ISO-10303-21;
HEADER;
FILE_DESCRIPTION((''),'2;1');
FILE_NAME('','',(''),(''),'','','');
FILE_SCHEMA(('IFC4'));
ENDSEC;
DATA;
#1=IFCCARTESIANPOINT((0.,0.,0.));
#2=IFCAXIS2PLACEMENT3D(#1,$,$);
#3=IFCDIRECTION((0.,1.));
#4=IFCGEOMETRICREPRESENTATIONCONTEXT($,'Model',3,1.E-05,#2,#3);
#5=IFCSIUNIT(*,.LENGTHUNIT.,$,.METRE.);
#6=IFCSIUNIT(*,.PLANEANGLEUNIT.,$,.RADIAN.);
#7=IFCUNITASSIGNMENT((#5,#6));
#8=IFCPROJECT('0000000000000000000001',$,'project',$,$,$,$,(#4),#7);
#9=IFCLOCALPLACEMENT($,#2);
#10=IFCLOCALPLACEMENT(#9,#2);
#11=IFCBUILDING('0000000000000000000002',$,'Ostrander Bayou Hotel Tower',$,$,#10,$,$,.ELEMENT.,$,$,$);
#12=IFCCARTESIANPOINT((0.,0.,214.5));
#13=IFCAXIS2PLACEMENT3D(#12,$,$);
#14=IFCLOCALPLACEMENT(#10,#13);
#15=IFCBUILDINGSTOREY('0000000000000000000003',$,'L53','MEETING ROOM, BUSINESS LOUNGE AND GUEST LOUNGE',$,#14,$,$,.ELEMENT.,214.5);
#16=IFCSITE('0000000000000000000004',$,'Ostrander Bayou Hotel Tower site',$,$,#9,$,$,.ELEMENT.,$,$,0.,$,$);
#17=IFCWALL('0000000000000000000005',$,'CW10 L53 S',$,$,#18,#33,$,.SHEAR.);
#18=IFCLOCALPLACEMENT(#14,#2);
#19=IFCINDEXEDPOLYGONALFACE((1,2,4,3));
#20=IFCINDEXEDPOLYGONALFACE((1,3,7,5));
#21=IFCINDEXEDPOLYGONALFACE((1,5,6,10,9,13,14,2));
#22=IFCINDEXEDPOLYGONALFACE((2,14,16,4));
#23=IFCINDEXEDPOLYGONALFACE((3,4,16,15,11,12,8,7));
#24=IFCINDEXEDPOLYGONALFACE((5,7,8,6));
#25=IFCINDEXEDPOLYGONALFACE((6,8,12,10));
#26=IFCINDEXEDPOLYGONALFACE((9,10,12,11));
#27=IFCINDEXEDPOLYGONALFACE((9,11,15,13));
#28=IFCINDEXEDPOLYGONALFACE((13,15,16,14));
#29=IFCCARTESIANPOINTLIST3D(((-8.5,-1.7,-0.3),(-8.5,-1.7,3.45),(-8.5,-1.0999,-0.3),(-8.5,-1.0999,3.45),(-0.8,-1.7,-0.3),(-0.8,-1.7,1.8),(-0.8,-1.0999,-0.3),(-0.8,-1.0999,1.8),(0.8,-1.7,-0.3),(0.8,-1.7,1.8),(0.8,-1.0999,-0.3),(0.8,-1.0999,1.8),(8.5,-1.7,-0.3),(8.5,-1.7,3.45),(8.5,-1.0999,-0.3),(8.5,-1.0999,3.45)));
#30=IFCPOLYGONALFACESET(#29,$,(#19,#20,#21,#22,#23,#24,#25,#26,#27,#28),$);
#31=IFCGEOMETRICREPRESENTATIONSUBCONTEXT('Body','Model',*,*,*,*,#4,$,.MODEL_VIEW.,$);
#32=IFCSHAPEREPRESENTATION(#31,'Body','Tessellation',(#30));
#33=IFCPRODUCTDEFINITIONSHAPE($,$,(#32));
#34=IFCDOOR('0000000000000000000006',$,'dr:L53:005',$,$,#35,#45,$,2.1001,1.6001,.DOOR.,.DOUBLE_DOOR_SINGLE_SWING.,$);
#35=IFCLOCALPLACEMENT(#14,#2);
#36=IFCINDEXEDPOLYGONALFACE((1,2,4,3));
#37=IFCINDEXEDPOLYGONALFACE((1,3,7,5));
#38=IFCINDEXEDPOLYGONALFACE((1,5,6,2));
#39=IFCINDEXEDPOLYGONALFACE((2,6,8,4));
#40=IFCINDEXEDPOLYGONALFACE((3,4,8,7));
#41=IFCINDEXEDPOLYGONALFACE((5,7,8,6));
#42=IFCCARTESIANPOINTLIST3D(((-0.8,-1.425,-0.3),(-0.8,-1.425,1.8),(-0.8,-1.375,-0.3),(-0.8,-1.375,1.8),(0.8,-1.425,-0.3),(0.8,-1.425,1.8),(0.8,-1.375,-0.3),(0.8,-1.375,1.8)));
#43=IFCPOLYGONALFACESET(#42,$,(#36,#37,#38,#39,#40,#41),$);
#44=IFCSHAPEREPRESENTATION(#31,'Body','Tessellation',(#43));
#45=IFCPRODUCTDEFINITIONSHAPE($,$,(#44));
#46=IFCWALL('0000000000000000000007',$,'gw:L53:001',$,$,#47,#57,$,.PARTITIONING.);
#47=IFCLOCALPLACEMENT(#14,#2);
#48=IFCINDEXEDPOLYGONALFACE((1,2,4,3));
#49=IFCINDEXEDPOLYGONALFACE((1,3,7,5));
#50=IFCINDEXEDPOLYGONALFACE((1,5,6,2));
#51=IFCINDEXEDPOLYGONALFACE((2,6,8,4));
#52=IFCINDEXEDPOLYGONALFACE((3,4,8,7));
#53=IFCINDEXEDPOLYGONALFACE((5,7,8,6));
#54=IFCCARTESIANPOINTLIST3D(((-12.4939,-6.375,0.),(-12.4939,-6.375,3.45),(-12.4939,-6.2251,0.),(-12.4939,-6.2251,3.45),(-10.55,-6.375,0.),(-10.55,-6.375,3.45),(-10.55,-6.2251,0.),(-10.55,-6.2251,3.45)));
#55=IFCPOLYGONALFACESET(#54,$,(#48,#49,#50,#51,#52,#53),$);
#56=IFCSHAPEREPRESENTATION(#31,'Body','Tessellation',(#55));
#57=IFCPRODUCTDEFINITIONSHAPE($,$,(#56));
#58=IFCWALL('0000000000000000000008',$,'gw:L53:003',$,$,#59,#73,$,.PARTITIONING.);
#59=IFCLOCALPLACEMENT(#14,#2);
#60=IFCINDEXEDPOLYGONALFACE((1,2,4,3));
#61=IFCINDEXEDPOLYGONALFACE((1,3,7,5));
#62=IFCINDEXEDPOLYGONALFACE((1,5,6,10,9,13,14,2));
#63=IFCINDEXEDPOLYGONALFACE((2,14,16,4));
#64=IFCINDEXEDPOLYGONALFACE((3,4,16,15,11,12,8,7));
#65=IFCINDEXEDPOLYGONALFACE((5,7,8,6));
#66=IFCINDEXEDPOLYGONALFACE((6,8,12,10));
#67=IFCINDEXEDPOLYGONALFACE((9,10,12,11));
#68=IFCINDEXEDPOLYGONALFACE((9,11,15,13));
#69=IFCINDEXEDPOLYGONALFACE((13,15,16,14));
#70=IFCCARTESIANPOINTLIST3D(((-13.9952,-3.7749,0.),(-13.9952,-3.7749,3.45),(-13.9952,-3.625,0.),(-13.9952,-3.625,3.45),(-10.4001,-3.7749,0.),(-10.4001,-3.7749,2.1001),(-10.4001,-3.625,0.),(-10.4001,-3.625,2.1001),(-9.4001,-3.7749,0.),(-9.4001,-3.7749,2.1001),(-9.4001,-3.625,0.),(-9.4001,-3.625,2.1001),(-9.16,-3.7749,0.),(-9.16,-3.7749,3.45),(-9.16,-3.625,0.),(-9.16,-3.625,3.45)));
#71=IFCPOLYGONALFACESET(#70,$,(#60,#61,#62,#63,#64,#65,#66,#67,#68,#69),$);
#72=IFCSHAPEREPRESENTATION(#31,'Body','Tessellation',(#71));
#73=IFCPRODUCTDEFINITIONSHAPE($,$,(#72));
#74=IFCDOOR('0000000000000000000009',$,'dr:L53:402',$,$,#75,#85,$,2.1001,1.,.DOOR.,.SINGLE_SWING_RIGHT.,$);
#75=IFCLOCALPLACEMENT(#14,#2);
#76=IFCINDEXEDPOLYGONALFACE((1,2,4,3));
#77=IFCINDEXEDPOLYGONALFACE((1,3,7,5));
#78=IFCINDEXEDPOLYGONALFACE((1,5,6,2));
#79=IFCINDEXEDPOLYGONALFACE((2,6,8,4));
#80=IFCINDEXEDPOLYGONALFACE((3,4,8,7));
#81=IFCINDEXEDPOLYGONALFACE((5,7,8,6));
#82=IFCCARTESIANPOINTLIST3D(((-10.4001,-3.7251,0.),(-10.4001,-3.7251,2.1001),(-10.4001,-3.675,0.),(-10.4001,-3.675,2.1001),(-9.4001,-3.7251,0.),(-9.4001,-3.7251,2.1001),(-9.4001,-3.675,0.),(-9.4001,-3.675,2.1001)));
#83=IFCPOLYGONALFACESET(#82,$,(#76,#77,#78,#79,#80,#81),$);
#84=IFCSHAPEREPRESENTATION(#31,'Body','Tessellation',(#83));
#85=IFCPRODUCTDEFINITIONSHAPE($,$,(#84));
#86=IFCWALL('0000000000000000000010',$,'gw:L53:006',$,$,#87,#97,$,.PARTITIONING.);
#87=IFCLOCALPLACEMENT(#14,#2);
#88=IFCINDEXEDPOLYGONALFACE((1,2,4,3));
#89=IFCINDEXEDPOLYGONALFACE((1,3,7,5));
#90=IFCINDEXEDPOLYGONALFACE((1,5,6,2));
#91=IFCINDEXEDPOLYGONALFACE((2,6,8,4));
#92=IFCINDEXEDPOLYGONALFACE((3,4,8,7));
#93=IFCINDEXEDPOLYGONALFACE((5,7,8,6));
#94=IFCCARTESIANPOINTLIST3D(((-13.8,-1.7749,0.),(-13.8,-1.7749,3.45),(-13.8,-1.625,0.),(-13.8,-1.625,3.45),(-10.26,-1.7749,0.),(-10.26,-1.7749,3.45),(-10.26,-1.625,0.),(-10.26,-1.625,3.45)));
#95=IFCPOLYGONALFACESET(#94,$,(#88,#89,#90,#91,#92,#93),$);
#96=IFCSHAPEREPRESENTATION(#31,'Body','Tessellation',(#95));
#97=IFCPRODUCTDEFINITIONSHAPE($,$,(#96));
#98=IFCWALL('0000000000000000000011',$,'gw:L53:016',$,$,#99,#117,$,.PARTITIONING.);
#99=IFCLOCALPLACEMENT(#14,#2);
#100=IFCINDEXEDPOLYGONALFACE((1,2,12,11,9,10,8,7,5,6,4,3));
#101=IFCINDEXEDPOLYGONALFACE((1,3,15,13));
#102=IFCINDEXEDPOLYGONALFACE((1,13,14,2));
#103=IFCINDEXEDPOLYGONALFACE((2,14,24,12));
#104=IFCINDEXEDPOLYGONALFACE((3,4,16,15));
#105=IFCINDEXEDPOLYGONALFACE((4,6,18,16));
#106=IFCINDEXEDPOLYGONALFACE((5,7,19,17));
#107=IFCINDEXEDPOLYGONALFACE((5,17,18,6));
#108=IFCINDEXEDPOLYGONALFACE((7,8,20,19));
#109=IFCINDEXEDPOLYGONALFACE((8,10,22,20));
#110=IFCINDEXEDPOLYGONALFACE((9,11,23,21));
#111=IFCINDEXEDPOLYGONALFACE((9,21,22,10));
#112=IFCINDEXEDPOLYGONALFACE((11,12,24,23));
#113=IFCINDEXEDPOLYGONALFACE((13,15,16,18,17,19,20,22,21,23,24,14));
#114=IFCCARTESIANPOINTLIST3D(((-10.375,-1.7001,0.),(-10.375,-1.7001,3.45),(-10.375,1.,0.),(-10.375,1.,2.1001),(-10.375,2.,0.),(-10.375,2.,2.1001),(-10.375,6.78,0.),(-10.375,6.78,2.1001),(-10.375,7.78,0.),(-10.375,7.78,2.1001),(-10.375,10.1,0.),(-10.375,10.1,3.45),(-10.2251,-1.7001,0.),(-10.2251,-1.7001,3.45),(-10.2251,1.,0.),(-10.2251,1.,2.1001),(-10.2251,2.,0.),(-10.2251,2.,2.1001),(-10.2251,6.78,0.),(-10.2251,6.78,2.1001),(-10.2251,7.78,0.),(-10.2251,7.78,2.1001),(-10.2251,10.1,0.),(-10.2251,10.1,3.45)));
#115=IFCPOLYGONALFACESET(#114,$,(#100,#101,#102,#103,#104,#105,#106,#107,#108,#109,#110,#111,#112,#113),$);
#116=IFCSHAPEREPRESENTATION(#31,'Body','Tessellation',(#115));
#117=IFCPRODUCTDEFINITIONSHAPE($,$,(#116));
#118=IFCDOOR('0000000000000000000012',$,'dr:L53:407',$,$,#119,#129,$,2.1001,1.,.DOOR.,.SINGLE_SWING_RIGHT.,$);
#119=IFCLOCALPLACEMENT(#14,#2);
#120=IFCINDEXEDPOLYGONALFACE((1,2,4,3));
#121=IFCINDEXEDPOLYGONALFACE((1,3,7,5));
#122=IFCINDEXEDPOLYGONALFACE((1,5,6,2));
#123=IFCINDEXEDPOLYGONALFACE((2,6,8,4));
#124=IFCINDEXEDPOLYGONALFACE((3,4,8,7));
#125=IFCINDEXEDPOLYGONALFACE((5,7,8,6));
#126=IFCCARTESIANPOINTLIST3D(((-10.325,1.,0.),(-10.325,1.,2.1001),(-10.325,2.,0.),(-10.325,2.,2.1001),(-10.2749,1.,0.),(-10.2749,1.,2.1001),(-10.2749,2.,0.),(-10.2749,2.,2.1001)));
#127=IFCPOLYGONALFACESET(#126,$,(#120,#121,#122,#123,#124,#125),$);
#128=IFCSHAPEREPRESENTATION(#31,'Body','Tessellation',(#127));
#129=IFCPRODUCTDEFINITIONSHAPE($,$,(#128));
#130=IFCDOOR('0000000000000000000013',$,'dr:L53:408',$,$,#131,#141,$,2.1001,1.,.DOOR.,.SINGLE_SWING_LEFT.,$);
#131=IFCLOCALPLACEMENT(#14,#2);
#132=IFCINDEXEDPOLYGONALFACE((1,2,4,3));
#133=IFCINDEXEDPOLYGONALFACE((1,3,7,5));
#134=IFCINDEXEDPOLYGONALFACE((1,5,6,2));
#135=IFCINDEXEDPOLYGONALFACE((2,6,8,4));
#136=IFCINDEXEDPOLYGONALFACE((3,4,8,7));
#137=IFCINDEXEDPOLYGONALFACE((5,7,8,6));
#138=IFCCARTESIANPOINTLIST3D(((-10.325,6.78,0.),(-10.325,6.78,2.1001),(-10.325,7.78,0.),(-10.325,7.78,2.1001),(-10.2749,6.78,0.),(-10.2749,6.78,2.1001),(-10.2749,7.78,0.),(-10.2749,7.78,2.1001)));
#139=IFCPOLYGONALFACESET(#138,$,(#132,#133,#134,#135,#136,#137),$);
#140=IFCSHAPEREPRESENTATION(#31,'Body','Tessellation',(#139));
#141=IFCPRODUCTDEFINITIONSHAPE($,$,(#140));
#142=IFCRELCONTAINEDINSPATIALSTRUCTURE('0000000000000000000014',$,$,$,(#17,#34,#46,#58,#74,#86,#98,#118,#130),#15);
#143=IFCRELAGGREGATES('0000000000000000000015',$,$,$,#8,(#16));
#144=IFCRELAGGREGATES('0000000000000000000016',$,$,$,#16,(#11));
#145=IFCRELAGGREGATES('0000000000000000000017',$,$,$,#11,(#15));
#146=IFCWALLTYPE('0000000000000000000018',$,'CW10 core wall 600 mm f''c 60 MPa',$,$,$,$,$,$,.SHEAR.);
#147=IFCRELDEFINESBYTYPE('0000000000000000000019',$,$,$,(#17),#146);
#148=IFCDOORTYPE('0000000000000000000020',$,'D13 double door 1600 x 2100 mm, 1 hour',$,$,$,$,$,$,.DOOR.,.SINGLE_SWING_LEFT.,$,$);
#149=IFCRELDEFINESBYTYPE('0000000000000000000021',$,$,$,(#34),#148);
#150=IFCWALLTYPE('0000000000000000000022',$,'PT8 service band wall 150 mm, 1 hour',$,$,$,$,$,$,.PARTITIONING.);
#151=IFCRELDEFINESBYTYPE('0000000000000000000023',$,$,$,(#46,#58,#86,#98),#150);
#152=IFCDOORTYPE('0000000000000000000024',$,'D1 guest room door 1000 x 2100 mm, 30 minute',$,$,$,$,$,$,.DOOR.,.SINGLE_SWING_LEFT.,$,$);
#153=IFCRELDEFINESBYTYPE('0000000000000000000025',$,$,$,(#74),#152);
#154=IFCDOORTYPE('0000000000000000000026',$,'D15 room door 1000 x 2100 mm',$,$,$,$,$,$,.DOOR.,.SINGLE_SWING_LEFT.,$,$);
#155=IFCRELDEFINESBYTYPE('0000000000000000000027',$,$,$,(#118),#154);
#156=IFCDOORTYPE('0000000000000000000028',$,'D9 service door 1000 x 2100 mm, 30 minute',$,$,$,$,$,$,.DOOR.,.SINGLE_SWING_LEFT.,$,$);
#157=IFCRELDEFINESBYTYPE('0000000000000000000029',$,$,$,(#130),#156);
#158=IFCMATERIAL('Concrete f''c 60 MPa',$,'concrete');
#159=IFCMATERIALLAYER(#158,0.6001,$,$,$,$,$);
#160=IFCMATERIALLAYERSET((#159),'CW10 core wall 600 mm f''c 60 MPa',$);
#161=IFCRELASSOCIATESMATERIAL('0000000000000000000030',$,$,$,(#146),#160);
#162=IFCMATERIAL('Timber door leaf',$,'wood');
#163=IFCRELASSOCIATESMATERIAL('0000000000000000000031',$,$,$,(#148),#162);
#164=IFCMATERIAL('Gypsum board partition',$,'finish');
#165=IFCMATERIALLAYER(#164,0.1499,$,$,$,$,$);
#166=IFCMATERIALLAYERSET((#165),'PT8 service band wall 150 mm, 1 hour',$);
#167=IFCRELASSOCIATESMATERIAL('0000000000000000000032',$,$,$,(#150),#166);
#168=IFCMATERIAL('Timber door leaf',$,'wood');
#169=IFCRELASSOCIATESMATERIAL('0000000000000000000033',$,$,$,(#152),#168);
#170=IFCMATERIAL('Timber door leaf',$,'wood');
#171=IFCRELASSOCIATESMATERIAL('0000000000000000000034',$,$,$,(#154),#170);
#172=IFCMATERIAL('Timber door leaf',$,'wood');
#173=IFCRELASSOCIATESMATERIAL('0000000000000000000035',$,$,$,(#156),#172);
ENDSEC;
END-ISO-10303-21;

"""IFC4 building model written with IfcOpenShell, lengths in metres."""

from ifc_helpers import new_model, si_unit, direction, frame, frame_2d, origin, place, context, subcontext, project, spatial, rectangle, extrude, material, layer, layer_set, type_object, element, fill, save


model = new_model("IFC4")

# Units and contexts
model_context = context("Model", 3, precision=1e-05, world=origin(), true_north=direction((0.0, 1.0)))
body_context = subcontext(model_context, "Body", "Model", "MODEL_VIEW")
ifc_project = project(units=[si_unit("LENGTHUNIT", "METRE"), si_unit("PLANEANGLEUNIT", "RADIAN")], contexts=[model_context])

# Site, building, storey
site_placement = place(None, origin())
site = spatial("IfcSite", under=ifc_project, at=site_placement, Name="Ostrander Bayou Hotel Tower site", CompositionType="ELEMENT", RefElevation=0.0)
building_placement = place(site_placement, origin())
building = spatial("IfcBuilding", under=site, at=building_placement, Name="Ostrander Bayou Hotel Tower", CompositionType="ELEMENT")
storey_placement = place(building_placement, frame((0.0, 0.0, 214.5)))
storey = spatial("IfcBuildingStorey", under=building, at=storey_placement, Name="L53", Description="MEETING ROOM, BUSINESS LOUNGE AND GUEST LOUNGE", CompositionType="ELEMENT", Elevation=214.5)

# Wall, opening, door
ifc_material_1 = material(Name="Concrete f'c 60 MPa", Category="concrete")
ifc_layer_1 = layer(ifc_material_1, 0.6001)
ifc_layer_set_1 = layer_set([ifc_layer_1], Name="CW10 core wall 600 mm f'c 60 MPa")
wall_type_1 = type_object("IfcWallType", Name="CW10 core wall 600 mm f'c 60 MPa", PredefinedType="SHEAR", material=ifc_layer_set_1)
wall_1_placement = place(storey_placement, frame((-8.5, -1.3999, -0.3), z_axis=(0.0, 0.0, 1.0), x_axis=(1.0, 0.0, 0.0)))
wall_1 = element("IfcWall", 1, at=wall_1_placement, inside=storey, type_object=wall_type_1, Name="CW10 L53 S", PredefinedType="SHEAR", context=body_context, shape_type="SweptSolid", body=[
    extrude(rectangle(XDim=17.0, YDim=0.6001, at=frame_2d((8.5, 0.0))), origin(), (0.0, 0.0, 1.0), 3.75),
])
opening_1_placement = place(wall_1_placement, frame((7.7, 0.0, 0.0)))
opening_1 = element("IfcOpeningElement", 2, at=opening_1_placement, cuts=wall_1, PredefinedType="OPENING", context=body_context, shape_type="SweptSolid", body=[
    extrude(rectangle(XDim=1.6001, YDim=2.1001, at=frame_2d((0.8, 1.05))), frame((0.0, 0.3, 0.0), z_axis=(0.0, -1.0, 0.0), x_axis=(1.0, 0.0, 0.0)), (0.0, 0.0, 1.0), 0.6001),
])
ifc_material_2 = material(Name="Timber door leaf", Category="wood")
door_type_1 = type_object("IfcDoorType", Name="D13 double door 1600 x 2100 mm, 1 hour", OperationType="SINGLE_SWING_LEFT", PredefinedType="DOOR", material=ifc_material_2)
door_1_placement = place(opening_1_placement, origin())
door_1 = element("IfcDoor", 3, at=door_1_placement, inside=storey, type_object=door_type_1, Name="dr:L53:005", OperationType="DOUBLE_DOOR_SINGLE_SWING", OverallHeight=2.1001, OverallWidth=1.6001, PredefinedType="DOOR", context=body_context, shape_type="SweptSolid", body=[
    extrude(rectangle(XDim=1.6001, YDim=2.1001, at=frame_2d((0.8, 1.05))), frame((0.0, 0.0249, 0.0), z_axis=(0.0, -1.0, 0.0), x_axis=(1.0, 0.0, 0.0)), (0.0, 0.0, 1.0), 0.05),
])
fill(opening_1, door_1)

# Wall
ifc_material_3 = material(Name="Gypsum board partition", Category="finish")
ifc_layer_2 = layer(ifc_material_3, 0.1499)
ifc_layer_set_2 = layer_set([ifc_layer_2], Name="PT8 service band wall 150 mm, 1 hour")
wall_type_2 = type_object("IfcWallType", Name="PT8 service band wall 150 mm, 1 hour", PredefinedType="PARTITIONING", material=ifc_layer_set_2)
wall_2_placement = place(storey_placement, frame((-12.4939, -6.3, 0.0), z_axis=(0.0, 0.0, 1.0), x_axis=(1.0, 0.0, 0.0)))
element("IfcWall", 4, at=wall_2_placement, inside=storey, type_object=wall_type_2, Name="gw:L53:001", PredefinedType="PARTITIONING", context=body_context, shape_type="SweptSolid", body=[
    extrude(rectangle(XDim=1.9438, YDim=0.1499, at=frame_2d((0.9719, 0.0))), origin(), (0.0, 0.0, 1.0), 3.45),
])

# Wall, opening, door
wall_3_placement = place(storey_placement, frame((-13.9951, -3.7, 0.0), z_axis=(0.0, 0.0, 1.0), x_axis=(1.0, 0.0, 0.0)))
wall_3 = element("IfcWall", 5, at=wall_3_placement, inside=storey, type_object=wall_type_2, Name="gw:L53:003", PredefinedType="PARTITIONING", context=body_context, shape_type="SweptSolid", body=[
    extrude(rectangle(XDim=4.8352, YDim=0.1499, at=frame_2d((2.4175, 0.0))), origin(), (0.0, 0.0, 1.0), 3.45),
])
opening_2_placement = place(wall_3_placement, frame((3.595, 0.0, 0.0)))
opening_2 = element("IfcOpeningElement", 6, at=opening_2_placement, cuts=wall_3, PredefinedType="OPENING", context=body_context, shape_type="SweptSolid", body=[
    extrude(rectangle(XDim=1.0, YDim=2.1001, at=frame_2d((0.5, 1.05))), frame((0.0, 0.075, 0.0), z_axis=(0.0, -1.0, 0.0), x_axis=(1.0, 0.0, 0.0)), (0.0, 0.0, 1.0), 0.1499),
])
ifc_material_4 = material(Name="Timber door leaf", Category="wood")
door_type_2 = type_object("IfcDoorType", Name="D1 guest room door 1000 x 2100 mm, 30 minute", OperationType="SINGLE_SWING_LEFT", PredefinedType="DOOR", material=ifc_material_4)
door_2_placement = place(opening_2_placement, origin())
door_2 = element("IfcDoor", 7, at=door_2_placement, inside=storey, type_object=door_type_2, Name="dr:L53:402", OperationType="SINGLE_SWING_RIGHT", OverallHeight=2.1001, OverallWidth=1.0, PredefinedType="DOOR", context=body_context, shape_type="SweptSolid", body=[
    extrude(rectangle(XDim=1.0, YDim=2.1001, at=frame_2d((0.5, 1.05))), frame((0.0, 0.0249, 0.0), z_axis=(0.0, -1.0, 0.0), x_axis=(1.0, 0.0, 0.0)), (0.0, 0.0, 1.0), 0.05),
])
fill(opening_2, door_2)

# Wall
wall_4_placement = place(storey_placement, frame((-13.8, -1.7, 0.0), z_axis=(0.0, 0.0, 1.0), x_axis=(1.0, 0.0, 0.0)))
element("IfcWall", 8, at=wall_4_placement, inside=storey, type_object=wall_type_2, Name="gw:L53:006", PredefinedType="PARTITIONING", context=body_context, shape_type="SweptSolid", body=[
    extrude(rectangle(XDim=3.54, YDim=0.1499, at=frame_2d((1.77, 0.0))), origin(), (0.0, 0.0, 1.0), 3.45),
])

# Wall, openings, doors
wall_5_placement = place(storey_placement, frame((-10.3, -1.7, 0.0), z_axis=(0.0, 0.0, 1.0), x_axis=(0.0, 1.0, 0.0)))
wall_5 = element("IfcWall", 9, at=wall_5_placement, inside=storey, type_object=wall_type_2, Name="gw:L53:016", PredefinedType="PARTITIONING", context=body_context, shape_type="SweptSolid", body=[
    extrude(rectangle(XDim=11.8, YDim=0.1499, at=frame_2d((5.8999, 0.0))), origin(), (0.0, 0.0, 1.0), 3.45),
])
opening_3_placement = place(wall_5_placement, frame((2.7, 0.0, 0.0)))
opening_3 = element("IfcOpeningElement", 10, at=opening_3_placement, cuts=wall_5, PredefinedType="OPENING", context=body_context, shape_type="SweptSolid", body=[
    extrude(rectangle(XDim=1.0, YDim=2.1001, at=frame_2d((0.5, 1.05))), frame((0.0, 0.075, 0.0), z_axis=(0.0, -1.0, 0.0), x_axis=(1.0, 0.0, 0.0)), (0.0, 0.0, 1.0), 0.1499),
])
opening_4_placement = place(wall_5_placement, frame((8.48, 0.0, 0.0)))
opening_4 = element("IfcOpeningElement", 11, at=opening_4_placement, cuts=wall_5, PredefinedType="OPENING", context=body_context, shape_type="SweptSolid", body=[
    extrude(rectangle(XDim=1.0, YDim=2.1001, at=frame_2d((0.5, 1.05))), frame((0.0, 0.075, 0.0), z_axis=(0.0, -1.0, 0.0), x_axis=(1.0, 0.0, 0.0)), (0.0, 0.0, 1.0), 0.1499),
])
ifc_material_5 = material(Name="Timber door leaf", Category="wood")
door_type_3 = type_object("IfcDoorType", Name="D15 room door 1000 x 2100 mm", OperationType="SINGLE_SWING_LEFT", PredefinedType="DOOR", material=ifc_material_5)
door_3_placement = place(opening_3_placement, origin())
door_3 = element("IfcDoor", 12, at=door_3_placement, inside=storey, type_object=door_type_3, Name="dr:L53:407", OperationType="SINGLE_SWING_RIGHT", OverallHeight=2.1001, OverallWidth=1.0, PredefinedType="DOOR", context=body_context, shape_type="SweptSolid", body=[
    extrude(rectangle(XDim=1.0, YDim=2.1001, at=frame_2d((0.5, 1.05))), frame((0.0, 0.0249, 0.0), z_axis=(0.0, -1.0, 0.0), x_axis=(1.0, 0.0, 0.0)), (0.0, 0.0, 1.0), 0.05),
])
fill(opening_3, door_3)
ifc_material_6 = material(Name="Timber door leaf", Category="wood")
door_type_4 = type_object("IfcDoorType", Name="D9 service door 1000 x 2100 mm, 30 minute", OperationType="SINGLE_SWING_LEFT", PredefinedType="DOOR", material=ifc_material_6)
door_4_placement = place(opening_4_placement, origin())
door_4 = element("IfcDoor", 13, at=door_4_placement, inside=storey, type_object=door_type_4, Name="dr:L53:408", OperationType="SINGLE_SWING_LEFT", OverallHeight=2.1001, OverallWidth=1.0, PredefinedType="DOOR", context=body_context, shape_type="SweptSolid", body=[
    extrude(rectangle(XDim=1.0, YDim=2.1001, at=frame_2d((0.5, 1.05))), frame((0.0, 0.0249, 0.0), z_axis=(0.0, -1.0, 0.0), x_axis=(1.0, 0.0, 0.0)), (0.0, 0.0, 1.0), 0.05),
])
fill(opening_4, door_4)

save(model, "model.ifc")
